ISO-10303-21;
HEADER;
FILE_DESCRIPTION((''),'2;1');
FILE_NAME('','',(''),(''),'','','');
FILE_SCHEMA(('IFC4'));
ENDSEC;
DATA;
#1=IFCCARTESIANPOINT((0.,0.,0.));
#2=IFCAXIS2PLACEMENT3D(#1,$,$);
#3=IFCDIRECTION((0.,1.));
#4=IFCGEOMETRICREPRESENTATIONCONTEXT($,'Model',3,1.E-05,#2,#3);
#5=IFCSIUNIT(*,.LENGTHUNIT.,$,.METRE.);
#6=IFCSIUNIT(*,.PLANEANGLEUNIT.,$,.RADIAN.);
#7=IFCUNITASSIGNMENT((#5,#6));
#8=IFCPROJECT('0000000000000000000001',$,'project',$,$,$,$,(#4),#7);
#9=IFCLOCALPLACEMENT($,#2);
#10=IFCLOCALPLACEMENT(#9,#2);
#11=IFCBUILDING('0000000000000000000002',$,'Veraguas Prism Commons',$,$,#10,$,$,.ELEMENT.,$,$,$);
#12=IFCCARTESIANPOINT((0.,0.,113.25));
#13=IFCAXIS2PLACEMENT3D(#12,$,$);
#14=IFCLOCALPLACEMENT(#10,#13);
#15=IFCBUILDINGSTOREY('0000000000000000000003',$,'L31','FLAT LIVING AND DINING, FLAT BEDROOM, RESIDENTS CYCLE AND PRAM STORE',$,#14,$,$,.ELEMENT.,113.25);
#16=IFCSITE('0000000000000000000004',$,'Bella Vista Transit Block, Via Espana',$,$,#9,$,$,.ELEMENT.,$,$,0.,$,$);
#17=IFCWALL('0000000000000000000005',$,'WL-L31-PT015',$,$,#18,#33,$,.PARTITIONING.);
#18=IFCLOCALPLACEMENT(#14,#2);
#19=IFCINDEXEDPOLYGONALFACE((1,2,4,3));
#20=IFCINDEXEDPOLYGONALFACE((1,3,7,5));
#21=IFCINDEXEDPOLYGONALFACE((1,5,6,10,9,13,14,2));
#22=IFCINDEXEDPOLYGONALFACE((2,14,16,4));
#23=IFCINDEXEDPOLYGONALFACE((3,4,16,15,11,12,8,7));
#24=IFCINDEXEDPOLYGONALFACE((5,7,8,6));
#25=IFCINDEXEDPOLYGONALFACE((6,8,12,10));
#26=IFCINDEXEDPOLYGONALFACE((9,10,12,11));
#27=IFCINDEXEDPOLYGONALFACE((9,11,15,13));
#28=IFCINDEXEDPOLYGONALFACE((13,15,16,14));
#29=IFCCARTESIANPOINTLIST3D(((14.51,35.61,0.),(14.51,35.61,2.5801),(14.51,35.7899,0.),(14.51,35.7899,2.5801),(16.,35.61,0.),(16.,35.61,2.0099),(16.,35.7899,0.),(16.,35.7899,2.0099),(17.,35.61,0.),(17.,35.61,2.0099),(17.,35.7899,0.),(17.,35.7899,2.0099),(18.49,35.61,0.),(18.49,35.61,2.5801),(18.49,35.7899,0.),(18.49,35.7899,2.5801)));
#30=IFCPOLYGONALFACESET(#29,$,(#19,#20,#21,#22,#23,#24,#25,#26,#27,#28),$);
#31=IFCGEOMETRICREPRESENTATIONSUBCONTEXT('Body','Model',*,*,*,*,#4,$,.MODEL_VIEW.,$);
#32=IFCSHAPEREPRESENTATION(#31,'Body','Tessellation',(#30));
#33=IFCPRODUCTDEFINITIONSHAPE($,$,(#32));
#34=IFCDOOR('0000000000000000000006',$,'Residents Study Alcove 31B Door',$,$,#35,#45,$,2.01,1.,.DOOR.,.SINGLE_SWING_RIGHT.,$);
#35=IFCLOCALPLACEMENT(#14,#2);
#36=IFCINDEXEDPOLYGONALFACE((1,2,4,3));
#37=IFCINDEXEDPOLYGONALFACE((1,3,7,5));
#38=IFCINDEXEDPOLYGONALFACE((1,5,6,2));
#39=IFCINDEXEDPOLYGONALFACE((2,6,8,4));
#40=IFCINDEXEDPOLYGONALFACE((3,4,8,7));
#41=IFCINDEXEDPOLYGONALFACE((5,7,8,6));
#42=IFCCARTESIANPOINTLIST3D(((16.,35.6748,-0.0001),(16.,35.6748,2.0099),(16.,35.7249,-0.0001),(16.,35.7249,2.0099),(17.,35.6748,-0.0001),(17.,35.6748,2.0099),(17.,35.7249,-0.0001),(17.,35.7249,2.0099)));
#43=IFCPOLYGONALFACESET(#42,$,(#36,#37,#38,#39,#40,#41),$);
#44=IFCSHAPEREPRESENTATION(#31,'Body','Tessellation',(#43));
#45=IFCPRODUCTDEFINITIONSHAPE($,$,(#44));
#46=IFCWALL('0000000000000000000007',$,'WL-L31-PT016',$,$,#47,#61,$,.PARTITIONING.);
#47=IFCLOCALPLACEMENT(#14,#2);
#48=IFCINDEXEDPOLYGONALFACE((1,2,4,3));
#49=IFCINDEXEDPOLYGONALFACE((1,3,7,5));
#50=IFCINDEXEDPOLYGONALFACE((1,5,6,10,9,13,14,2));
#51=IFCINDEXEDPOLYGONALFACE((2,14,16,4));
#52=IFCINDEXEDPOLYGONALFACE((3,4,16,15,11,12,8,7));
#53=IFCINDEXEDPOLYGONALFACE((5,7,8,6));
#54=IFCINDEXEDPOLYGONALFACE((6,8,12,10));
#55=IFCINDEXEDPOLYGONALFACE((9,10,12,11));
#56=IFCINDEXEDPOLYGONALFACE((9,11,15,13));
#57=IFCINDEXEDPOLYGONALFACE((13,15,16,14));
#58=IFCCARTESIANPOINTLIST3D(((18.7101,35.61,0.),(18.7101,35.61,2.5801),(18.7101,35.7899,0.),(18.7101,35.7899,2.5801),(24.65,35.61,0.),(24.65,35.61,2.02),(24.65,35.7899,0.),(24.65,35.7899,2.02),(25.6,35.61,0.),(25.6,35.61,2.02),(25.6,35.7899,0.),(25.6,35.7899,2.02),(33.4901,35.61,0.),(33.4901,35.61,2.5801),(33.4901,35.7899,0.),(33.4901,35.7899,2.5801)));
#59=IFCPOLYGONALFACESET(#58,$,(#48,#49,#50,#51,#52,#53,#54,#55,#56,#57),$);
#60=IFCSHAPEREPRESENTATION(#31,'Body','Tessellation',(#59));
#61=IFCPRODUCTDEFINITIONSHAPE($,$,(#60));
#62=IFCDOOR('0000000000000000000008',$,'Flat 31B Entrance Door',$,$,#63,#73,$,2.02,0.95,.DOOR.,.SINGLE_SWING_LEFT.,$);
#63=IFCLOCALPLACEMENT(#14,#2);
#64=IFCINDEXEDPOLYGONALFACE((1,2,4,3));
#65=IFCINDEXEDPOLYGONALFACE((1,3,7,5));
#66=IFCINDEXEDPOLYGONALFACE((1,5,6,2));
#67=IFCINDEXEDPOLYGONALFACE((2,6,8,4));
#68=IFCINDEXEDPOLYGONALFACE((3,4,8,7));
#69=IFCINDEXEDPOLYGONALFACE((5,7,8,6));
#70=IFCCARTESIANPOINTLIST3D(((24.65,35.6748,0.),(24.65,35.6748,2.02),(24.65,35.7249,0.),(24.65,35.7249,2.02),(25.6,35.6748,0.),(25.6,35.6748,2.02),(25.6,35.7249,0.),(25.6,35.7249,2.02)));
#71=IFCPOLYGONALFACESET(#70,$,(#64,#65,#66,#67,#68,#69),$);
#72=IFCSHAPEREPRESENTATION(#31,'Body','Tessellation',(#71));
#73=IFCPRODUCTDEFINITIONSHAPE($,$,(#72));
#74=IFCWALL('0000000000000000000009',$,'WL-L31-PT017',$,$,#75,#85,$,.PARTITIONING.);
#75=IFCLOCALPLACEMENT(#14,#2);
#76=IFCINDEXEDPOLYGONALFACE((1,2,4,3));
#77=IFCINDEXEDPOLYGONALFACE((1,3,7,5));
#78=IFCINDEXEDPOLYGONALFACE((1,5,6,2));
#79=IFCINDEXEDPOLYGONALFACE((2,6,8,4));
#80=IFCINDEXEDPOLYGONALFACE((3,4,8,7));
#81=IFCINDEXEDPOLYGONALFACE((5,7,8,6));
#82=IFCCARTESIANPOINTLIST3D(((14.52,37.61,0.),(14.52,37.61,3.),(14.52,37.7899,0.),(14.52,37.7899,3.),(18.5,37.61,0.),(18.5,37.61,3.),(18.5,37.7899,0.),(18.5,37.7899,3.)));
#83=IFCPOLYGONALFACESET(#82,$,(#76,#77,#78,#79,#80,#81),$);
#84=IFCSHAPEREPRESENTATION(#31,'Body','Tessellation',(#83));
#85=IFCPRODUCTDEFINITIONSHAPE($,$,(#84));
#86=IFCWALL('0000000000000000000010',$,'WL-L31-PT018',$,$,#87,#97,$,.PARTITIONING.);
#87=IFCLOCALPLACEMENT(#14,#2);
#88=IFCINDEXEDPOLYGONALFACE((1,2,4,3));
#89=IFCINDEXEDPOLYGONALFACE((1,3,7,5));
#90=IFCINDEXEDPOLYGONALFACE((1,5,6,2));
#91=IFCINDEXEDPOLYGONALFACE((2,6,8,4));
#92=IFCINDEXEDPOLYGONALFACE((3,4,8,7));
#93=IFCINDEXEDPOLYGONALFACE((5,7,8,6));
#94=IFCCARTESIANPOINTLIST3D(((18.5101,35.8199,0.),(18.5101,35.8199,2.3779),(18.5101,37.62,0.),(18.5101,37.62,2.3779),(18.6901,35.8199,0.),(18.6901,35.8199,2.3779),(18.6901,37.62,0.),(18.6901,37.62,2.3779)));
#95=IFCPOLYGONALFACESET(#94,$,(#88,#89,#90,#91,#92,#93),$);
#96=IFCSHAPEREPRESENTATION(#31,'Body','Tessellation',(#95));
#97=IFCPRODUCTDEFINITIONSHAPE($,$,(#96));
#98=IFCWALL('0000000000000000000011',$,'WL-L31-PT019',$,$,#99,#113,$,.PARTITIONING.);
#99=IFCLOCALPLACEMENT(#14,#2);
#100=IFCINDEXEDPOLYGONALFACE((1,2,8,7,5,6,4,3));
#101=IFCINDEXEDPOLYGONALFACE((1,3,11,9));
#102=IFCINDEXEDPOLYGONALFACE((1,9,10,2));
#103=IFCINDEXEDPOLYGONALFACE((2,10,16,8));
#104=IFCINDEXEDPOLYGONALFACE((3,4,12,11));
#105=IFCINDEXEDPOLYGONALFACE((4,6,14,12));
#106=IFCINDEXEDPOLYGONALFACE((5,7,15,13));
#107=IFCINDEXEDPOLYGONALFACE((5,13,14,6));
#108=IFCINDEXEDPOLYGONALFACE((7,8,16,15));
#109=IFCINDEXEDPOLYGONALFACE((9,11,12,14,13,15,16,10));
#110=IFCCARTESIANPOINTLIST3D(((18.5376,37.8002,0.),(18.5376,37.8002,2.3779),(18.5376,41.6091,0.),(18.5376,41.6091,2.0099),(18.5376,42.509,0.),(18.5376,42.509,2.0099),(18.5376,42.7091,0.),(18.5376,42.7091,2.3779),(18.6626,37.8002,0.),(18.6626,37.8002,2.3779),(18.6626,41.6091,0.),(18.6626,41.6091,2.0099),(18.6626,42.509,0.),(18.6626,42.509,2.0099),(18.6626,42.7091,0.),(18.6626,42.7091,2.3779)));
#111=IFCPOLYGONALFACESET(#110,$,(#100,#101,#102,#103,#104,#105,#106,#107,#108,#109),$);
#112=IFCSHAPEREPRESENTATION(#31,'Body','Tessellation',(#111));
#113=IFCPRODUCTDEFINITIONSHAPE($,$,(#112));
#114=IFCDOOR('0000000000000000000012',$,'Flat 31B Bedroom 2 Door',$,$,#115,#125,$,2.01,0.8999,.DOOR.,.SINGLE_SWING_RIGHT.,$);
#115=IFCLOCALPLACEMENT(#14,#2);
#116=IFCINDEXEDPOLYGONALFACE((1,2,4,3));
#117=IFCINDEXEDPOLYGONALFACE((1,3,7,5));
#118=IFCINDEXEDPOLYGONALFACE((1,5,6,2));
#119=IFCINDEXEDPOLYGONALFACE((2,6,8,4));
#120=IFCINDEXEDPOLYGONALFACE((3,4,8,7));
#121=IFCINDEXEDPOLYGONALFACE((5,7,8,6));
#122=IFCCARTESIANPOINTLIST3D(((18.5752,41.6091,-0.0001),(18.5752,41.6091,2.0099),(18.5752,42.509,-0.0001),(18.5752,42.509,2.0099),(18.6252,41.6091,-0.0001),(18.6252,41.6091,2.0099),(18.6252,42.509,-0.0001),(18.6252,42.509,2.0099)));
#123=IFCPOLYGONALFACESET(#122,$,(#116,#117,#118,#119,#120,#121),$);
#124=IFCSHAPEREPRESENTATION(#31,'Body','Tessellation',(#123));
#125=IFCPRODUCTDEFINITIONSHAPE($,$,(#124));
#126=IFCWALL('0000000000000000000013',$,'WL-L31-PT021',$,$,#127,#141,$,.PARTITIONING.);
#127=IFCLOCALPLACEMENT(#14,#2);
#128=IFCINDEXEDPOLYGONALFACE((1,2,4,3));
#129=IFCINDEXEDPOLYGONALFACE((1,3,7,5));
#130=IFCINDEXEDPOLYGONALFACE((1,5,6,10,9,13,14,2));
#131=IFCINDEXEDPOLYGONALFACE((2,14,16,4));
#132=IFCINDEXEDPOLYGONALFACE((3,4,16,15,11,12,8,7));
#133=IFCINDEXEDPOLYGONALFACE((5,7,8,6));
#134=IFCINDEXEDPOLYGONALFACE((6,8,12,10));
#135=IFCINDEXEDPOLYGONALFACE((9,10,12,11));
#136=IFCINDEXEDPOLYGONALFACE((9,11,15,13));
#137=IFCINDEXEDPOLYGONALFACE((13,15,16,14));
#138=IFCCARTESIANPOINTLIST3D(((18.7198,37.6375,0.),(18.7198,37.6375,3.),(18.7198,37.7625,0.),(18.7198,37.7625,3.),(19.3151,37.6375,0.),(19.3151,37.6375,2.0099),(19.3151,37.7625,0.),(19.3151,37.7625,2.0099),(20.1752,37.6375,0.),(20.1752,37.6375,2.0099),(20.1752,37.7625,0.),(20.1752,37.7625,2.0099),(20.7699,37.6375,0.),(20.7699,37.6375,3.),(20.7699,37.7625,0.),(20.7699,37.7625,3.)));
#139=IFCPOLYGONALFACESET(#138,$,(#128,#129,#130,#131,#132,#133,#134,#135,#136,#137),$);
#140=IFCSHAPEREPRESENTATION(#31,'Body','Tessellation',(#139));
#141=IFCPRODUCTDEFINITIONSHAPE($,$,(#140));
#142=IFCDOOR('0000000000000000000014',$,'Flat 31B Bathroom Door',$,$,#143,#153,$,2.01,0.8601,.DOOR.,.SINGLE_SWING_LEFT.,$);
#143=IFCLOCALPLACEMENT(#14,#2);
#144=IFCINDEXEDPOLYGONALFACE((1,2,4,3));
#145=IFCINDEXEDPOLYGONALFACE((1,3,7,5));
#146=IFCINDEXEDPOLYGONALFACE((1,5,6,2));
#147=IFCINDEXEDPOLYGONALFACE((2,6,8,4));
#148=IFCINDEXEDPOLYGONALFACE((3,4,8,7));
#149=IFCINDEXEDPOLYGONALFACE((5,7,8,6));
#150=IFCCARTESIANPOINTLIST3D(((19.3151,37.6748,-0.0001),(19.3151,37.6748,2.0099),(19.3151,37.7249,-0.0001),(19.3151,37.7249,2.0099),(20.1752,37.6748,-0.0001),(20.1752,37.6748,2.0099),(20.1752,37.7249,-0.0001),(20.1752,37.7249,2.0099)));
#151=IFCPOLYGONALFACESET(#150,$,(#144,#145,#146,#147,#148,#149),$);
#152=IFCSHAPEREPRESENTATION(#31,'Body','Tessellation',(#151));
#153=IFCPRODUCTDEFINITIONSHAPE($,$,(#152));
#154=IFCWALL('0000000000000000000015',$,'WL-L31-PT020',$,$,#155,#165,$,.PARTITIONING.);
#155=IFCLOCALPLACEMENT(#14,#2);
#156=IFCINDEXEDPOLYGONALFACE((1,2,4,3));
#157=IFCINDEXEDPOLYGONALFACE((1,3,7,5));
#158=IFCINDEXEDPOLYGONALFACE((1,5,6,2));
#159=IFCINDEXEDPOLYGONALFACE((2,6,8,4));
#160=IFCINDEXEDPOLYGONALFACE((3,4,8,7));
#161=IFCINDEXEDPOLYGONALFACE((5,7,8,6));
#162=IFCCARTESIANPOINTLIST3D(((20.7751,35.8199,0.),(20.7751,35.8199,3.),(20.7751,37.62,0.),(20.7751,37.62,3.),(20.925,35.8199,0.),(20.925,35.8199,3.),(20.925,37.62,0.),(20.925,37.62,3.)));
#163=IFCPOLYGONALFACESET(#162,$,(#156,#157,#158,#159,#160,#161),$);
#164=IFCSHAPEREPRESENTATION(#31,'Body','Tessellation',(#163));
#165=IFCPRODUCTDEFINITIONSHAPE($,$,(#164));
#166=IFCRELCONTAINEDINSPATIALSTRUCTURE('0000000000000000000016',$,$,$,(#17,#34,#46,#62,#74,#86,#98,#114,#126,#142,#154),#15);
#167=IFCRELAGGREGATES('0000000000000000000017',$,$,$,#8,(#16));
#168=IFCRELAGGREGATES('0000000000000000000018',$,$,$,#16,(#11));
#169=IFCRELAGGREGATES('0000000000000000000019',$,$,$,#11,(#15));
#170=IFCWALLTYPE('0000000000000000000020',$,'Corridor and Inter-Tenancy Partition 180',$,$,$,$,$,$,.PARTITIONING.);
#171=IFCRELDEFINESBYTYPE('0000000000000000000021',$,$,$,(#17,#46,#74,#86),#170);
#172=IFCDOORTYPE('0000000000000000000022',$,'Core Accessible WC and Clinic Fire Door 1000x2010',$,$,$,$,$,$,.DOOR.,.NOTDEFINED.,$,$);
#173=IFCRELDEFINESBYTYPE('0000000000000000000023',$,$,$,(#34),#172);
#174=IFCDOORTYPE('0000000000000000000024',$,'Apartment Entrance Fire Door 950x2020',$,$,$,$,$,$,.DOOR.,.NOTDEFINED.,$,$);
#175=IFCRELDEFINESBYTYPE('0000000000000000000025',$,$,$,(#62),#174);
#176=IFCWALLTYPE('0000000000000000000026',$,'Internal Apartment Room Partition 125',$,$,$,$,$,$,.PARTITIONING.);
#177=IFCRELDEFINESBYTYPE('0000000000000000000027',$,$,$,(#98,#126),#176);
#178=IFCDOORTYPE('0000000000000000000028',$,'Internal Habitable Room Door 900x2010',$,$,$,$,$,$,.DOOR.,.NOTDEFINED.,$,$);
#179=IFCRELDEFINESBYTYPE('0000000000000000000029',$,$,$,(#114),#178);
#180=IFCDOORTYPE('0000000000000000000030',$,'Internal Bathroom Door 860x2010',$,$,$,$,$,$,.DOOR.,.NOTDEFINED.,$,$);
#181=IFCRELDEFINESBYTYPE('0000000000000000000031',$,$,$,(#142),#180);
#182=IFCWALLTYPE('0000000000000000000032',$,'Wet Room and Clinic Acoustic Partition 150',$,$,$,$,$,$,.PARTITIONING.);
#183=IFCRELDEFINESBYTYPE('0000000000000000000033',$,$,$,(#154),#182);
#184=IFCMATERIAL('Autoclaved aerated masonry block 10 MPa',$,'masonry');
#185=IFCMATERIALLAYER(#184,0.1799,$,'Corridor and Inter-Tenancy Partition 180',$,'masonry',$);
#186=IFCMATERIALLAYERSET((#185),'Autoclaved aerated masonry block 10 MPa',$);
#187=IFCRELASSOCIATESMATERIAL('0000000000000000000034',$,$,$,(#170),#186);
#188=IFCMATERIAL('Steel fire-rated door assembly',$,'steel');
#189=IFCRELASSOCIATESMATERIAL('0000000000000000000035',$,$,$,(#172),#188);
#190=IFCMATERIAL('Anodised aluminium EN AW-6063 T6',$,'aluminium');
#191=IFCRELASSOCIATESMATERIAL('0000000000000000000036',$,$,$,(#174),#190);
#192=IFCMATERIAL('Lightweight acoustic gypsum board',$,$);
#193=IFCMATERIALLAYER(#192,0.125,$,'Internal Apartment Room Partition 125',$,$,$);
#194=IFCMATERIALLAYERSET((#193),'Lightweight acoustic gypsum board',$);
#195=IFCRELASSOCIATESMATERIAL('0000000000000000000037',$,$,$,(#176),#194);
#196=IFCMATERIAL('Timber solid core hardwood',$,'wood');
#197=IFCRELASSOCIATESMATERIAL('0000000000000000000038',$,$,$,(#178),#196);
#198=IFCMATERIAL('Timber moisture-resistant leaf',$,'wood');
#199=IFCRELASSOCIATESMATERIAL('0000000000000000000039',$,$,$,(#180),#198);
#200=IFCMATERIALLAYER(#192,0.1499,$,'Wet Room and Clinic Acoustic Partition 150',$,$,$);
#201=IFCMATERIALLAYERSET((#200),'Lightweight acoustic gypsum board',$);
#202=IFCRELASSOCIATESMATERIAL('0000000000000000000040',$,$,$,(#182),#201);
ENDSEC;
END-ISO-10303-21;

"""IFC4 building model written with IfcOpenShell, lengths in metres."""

from ifc_helpers import new_model, si_unit, direction, frame, frame_2d, origin, place, context, subcontext, project, spatial, rectangle, extrude, source, transform, mapped, material, layer, layer_set, type_object, element, fill, save


model = new_model("IFC4")

# Units and contexts
model_context = context("Model", 3, precision=1e-05, world=origin(), true_north=direction((0.0, 1.0)))
body_context = subcontext(model_context, "Body", "Model", "MODEL_VIEW")
ifc_project = project(units=[si_unit("LENGTHUNIT", "METRE"), si_unit("PLANEANGLEUNIT", "RADIAN")], contexts=[model_context])

# Site, building, storey
site_placement = place(None, origin())
site = spatial("IfcSite", under=ifc_project, at=site_placement, Name="Bella Vista Transit Block, Via Espana", CompositionType="ELEMENT", RefElevation=0.0)
building_placement = place(site_placement, origin())
building = spatial("IfcBuilding", under=site, at=building_placement, Name="Veraguas Prism Commons", CompositionType="ELEMENT")
storey_placement = place(building_placement, frame((0.0, 0.0, 113.25)))
storey = spatial("IfcBuildingStorey", under=building, at=storey_placement, Name="L31", Description="FLAT LIVING AND DINING, FLAT BEDROOM, RESIDENTS CYCLE AND PRAM STORE", CompositionType="ELEMENT", Elevation=113.25)

# Shared definitions
ifc_material_1 = material(Name="Anodised aluminium EN AW-6063 T6", Category="aluminium")

# Shared definitions
ifc_material_2 = material(Name="Autoclaved aerated masonry block 10 MPa", Category="masonry")
ifc_layer_1 = layer(ifc_material_2, 0.1799, Name="Corridor and Inter-Tenancy Partition 180", Category="masonry")
ifc_layer_set_1 = layer_set([ifc_layer_1], Name="Autoclaved aerated masonry block 10 MPa")
wall_type_1 = type_object("IfcWallType", Name="Corridor and Inter-Tenancy Partition 180", PredefinedType="PARTITIONING", material=ifc_layer_set_1)

# Walls, openings, doors
wall_1_placement = place(storey_placement, frame((14.51, 35.7, 0.0), z_axis=(0.0, 0.0, 1.0), x_axis=(1.0, 0.0, 0.0)))
wall_1 = element("IfcWall", 1, at=wall_1_placement, inside=storey, type_object=wall_type_1, Name="WL-L31-PT015", PredefinedType="PARTITIONING", context=body_context, shape_type="SweptSolid", body=[
    extrude(rectangle(XDim=3.98, YDim=0.1799, at=frame_2d((1.99, 0.0))), origin(), (0.0, 0.0, 1.0), 2.5801),
])
opening_1_placement = place(wall_1_placement, frame((1.49, 0.0, 0.0)))
opening_1 = element("IfcOpeningElement", 2, at=opening_1_placement, cuts=wall_1, PredefinedType="OPENING", context=body_context, shape_type="SweptSolid", body=[
    extrude(rectangle(XDim=1.0, YDim=2.01, at=frame_2d((0.5, 1.0049))), frame((0.0, 0.0999, 0.0), z_axis=(0.0, -1.0, 0.0), x_axis=(1.0, 0.0, 0.0)), (0.0, 0.0, 1.0), 0.2),
])
ifc_material_3 = material(Name="Steel fire-rated door assembly", Category="steel")
door_type_1 = type_object("IfcDoorType", Name="Core Accessible WC and Clinic Fire Door 1000x2010", OperationType="NOTDEFINED", PredefinedType="DOOR", material=ifc_material_3)
shared_shape_1 = source(origin(), body_context, "Body", "SweptSolid", [
    extrude(rectangle(XDim=1.0, YDim=2.01, at=frame_2d((0.5, 1.0049))), frame((0.0, 0.0249, 0.0), z_axis=(0.0, -1.0, 0.0), x_axis=(1.0, 0.0, 0.0)), (0.0, 0.0, 1.0), 0.05),
])
door_1_placement = place(opening_1_placement, origin())
door_1 = element("IfcDoor", 3, at=door_1_placement, inside=storey, type_object=door_type_1, Name="Residents Study Alcove 31B Door", OperationType="SINGLE_SWING_RIGHT", OverallHeight=2.01, OverallWidth=1.0, PredefinedType="DOOR", context=body_context, shape_type="MappedRepresentation", body=[
    mapped(shared_shape_1, transform((0.0, 0.0, 0.0), scale=1.0)),
])
fill(opening_1, door_1)
wall_2_placement = place(storey_placement, frame((18.71, 35.7, 0.0), z_axis=(0.0, 0.0, 1.0), x_axis=(1.0, 0.0, 0.0)))
wall_2 = element("IfcWall", 4, at=wall_2_placement, inside=storey, type_object=wall_type_1, Name="WL-L31-PT016", PredefinedType="PARTITIONING", context=body_context, shape_type="SweptSolid", body=[
    extrude(rectangle(XDim=14.78, YDim=0.1799, at=frame_2d((7.3901, 0.0))), origin(), (0.0, 0.0, 1.0), 2.5801),
])
opening_2_placement = place(wall_2_placement, frame((5.9399, 0.0, 0.0)))
opening_2 = element("IfcOpeningElement", 5, at=opening_2_placement, cuts=wall_2, PredefinedType="OPENING", context=body_context, shape_type="SweptSolid", body=[
    extrude(rectangle(XDim=0.95, YDim=2.02, at=frame_2d((0.4751, 1.01))), frame((0.0, 0.0999, 0.0), z_axis=(0.0, -1.0, 0.0), x_axis=(1.0, 0.0, 0.0)), (0.0, 0.0, 1.0), 0.2),
])
door_type_2 = type_object("IfcDoorType", Name="Apartment Entrance Fire Door 950x2020", OperationType="NOTDEFINED", PredefinedType="DOOR", material=ifc_material_1)
shared_shape_2 = source(origin(), body_context, "Body", "SweptSolid", [
    extrude(rectangle(XDim=0.95, YDim=2.02, at=frame_2d((0.4751, 1.01))), frame((0.0, 0.0249, 0.0), z_axis=(0.0, -1.0, 0.0), x_axis=(1.0, 0.0, 0.0)), (0.0, 0.0, 1.0), 0.05),
])
door_2_placement = place(opening_2_placement, origin())
door_2 = element("IfcDoor", 6, at=door_2_placement, inside=storey, type_object=door_type_2, Name="Flat 31B Entrance Door", OperationType="SINGLE_SWING_LEFT", OverallHeight=2.02, OverallWidth=0.95, PredefinedType="DOOR", context=body_context, shape_type="MappedRepresentation", body=[
    mapped(shared_shape_2, transform((0.0, 0.0, 0.0), scale=1.0)),
])
fill(opening_2, door_2)

# Walls
wall_3_placement = place(storey_placement, frame((14.52, 37.7, 0.0), z_axis=(0.0, 0.0, 1.0), x_axis=(1.0, 0.0, 0.0)))
element("IfcWall", 7, at=wall_3_placement, inside=storey, type_object=wall_type_1, Name="WL-L31-PT017", PredefinedType="PARTITIONING", context=body_context, shape_type="SweptSolid", body=[
    extrude(rectangle(XDim=3.98, YDim=0.1799, at=frame_2d((1.99, 0.0))), origin(), (0.0, 0.0, 1.0), 3.0),
])
wall_4_placement = place(storey_placement, frame((18.6001, 35.8201, 0.0), z_axis=(0.0, 0.0, 1.0), x_axis=(0.0, 1.0, 0.0)))
element("IfcWall", 8, at=wall_4_placement, inside=storey, type_object=wall_type_1, Name="WL-L31-PT018", PredefinedType="PARTITIONING", context=body_context, shape_type="SweptSolid", body=[
    extrude(rectangle(XDim=1.8, YDim=0.1799, at=frame_2d((0.8999, 0.0))), origin(), (0.0, 0.0, 1.0), 2.3779),
])

# Walls, openings, doors
ifc_material_4 = material(Name="Lightweight acoustic gypsum board")
ifc_layer_2 = layer(ifc_material_4, 0.125, Name="Internal Apartment Room Partition 125")
ifc_layer_set_2 = layer_set([ifc_layer_2], Name="Lightweight acoustic gypsum board")
wall_type_2 = type_object("IfcWallType", Name="Internal Apartment Room Partition 125", PredefinedType="PARTITIONING", material=ifc_layer_set_2)
wall_5_placement = place(storey_placement, frame((18.6001, 37.8, 0.0), z_axis=(0.0, 0.0, 1.0), x_axis=(0.0, 1.0, 0.0)))
wall_5 = element("IfcWall", 9, at=wall_5_placement, inside=storey, type_object=wall_type_2, Name="WL-L31-PT019", PredefinedType="PARTITIONING", context=body_context, shape_type="SweptSolid", body=[
    extrude(rectangle(XDim=4.9089, YDim=0.125, at=frame_2d((2.4546, 0.0))), origin(), (0.0, 0.0, 1.0), 2.3779),
])
opening_3_placement = place(wall_5_placement, frame((3.8091, 0.0, 0.0)))
opening_3 = element("IfcOpeningElement", 10, at=opening_3_placement, cuts=wall_5, PredefinedType="OPENING", context=body_context, shape_type="SweptSolid", body=[
    extrude(rectangle(XDim=0.8999, YDim=2.01, at=frame_2d((0.45, 1.0049))), frame((0.0, 0.0725, 0.0), z_axis=(0.0, -1.0, 0.0), x_axis=(1.0, 0.0, 0.0)), (0.0, 0.0, 1.0), 0.145),
])
ifc_material_5 = material(Name="Timber solid core hardwood", Category="wood")
door_type_3 = type_object("IfcDoorType", Name="Internal Habitable Room Door 900x2010", OperationType="NOTDEFINED", PredefinedType="DOOR", material=ifc_material_5)
shared_shape_3 = source(origin(), body_context, "Body", "SweptSolid", [
    extrude(rectangle(XDim=0.8999, YDim=2.01, at=frame_2d((0.45, 1.0049))), frame((0.0, 0.0249, 0.0), z_axis=(0.0, -1.0, 0.0), x_axis=(1.0, 0.0, 0.0)), (0.0, 0.0, 1.0), 0.05),
])
door_3_placement = place(opening_3_placement, origin())
door_3 = element("IfcDoor", 11, at=door_3_placement, inside=storey, type_object=door_type_3, Name="Flat 31B Bedroom 2 Door", OperationType="SINGLE_SWING_RIGHT", OverallHeight=2.01, OverallWidth=0.8999, PredefinedType="DOOR", context=body_context, shape_type="MappedRepresentation", body=[
    mapped(shared_shape_3, transform((0.0, 0.0, 0.0), scale=1.0)),
])
fill(opening_3, door_3)
wall_6_placement = place(storey_placement, frame((18.72, 37.7, 0.0), z_axis=(0.0, 0.0, 1.0), x_axis=(1.0, 0.0, 0.0)))
wall_6 = element("IfcWall", 12, at=wall_6_placement, inside=storey, type_object=wall_type_2, Name="WL-L31-PT021", PredefinedType="PARTITIONING", context=body_context, shape_type="SweptSolid", body=[
    extrude(rectangle(XDim=2.05, YDim=0.125, at=frame_2d((1.0249, 0.0))), origin(), (0.0, 0.0, 1.0), 3.0),
])
opening_4_placement = place(wall_6_placement, frame((0.595, 0.0, 0.0)))
opening_4 = element("IfcOpeningElement", 13, at=opening_4_placement, cuts=wall_6, PredefinedType="OPENING", context=body_context, shape_type="SweptSolid", body=[
    extrude(rectangle(XDim=0.8601, YDim=2.01, at=frame_2d((0.4302, 1.0049))), frame((0.0, 0.0725, 0.0), z_axis=(0.0, -1.0, 0.0), x_axis=(1.0, 0.0, 0.0)), (0.0, 0.0, 1.0), 0.145),
])
ifc_material_6 = material(Name="Timber moisture-resistant leaf", Category="wood")
door_type_4 = type_object("IfcDoorType", Name="Internal Bathroom Door 860x2010", OperationType="NOTDEFINED", PredefinedType="DOOR", material=ifc_material_6)
shared_shape_4 = source(origin(), body_context, "Body", "SweptSolid", [
    extrude(rectangle(XDim=0.8601, YDim=2.01, at=frame_2d((0.4302, 1.0049))), frame((0.0, 0.0249, 0.0), z_axis=(0.0, -1.0, 0.0), x_axis=(1.0, 0.0, 0.0)), (0.0, 0.0, 1.0), 0.05),
])
door_4_placement = place(opening_4_placement, origin())
door_4 = element("IfcDoor", 14, at=door_4_placement, inside=storey, type_object=door_type_4, Name="Flat 31B Bathroom Door", OperationType="SINGLE_SWING_LEFT", OverallHeight=2.01, OverallWidth=0.8601, PredefinedType="DOOR", context=body_context, shape_type="MappedRepresentation", body=[
    mapped(shared_shape_4, transform((0.0, 0.0, 0.0), scale=1.0)),
])
fill(opening_4, door_4)

# Wall
ifc_layer_3 = layer(ifc_material_4, 0.1499, Name="Wet Room and Clinic Acoustic Partition 150")
ifc_layer_set_3 = layer_set([ifc_layer_3], Name="Lightweight acoustic gypsum board")
wall_type_3 = type_object("IfcWallType", Name="Wet Room and Clinic Acoustic Partition 150", PredefinedType="PARTITIONING", material=ifc_layer_set_3)
wall_7_placement = place(storey_placement, frame((20.8501, 35.8201, 0.0), z_axis=(0.0, 0.0, 1.0), x_axis=(0.0, 1.0, 0.0)))
element("IfcWall", 15, at=wall_7_placement, inside=storey, type_object=wall_type_3, Name="WL-L31-PT020", PredefinedType="PARTITIONING", context=body_context, shape_type="SweptSolid", body=[
    extrude(rectangle(XDim=1.8, YDim=0.1499, at=frame_2d((0.8999, 0.0))), origin(), (0.0, 0.0, 1.0), 3.0),
])

save(model, "model.ifc")
